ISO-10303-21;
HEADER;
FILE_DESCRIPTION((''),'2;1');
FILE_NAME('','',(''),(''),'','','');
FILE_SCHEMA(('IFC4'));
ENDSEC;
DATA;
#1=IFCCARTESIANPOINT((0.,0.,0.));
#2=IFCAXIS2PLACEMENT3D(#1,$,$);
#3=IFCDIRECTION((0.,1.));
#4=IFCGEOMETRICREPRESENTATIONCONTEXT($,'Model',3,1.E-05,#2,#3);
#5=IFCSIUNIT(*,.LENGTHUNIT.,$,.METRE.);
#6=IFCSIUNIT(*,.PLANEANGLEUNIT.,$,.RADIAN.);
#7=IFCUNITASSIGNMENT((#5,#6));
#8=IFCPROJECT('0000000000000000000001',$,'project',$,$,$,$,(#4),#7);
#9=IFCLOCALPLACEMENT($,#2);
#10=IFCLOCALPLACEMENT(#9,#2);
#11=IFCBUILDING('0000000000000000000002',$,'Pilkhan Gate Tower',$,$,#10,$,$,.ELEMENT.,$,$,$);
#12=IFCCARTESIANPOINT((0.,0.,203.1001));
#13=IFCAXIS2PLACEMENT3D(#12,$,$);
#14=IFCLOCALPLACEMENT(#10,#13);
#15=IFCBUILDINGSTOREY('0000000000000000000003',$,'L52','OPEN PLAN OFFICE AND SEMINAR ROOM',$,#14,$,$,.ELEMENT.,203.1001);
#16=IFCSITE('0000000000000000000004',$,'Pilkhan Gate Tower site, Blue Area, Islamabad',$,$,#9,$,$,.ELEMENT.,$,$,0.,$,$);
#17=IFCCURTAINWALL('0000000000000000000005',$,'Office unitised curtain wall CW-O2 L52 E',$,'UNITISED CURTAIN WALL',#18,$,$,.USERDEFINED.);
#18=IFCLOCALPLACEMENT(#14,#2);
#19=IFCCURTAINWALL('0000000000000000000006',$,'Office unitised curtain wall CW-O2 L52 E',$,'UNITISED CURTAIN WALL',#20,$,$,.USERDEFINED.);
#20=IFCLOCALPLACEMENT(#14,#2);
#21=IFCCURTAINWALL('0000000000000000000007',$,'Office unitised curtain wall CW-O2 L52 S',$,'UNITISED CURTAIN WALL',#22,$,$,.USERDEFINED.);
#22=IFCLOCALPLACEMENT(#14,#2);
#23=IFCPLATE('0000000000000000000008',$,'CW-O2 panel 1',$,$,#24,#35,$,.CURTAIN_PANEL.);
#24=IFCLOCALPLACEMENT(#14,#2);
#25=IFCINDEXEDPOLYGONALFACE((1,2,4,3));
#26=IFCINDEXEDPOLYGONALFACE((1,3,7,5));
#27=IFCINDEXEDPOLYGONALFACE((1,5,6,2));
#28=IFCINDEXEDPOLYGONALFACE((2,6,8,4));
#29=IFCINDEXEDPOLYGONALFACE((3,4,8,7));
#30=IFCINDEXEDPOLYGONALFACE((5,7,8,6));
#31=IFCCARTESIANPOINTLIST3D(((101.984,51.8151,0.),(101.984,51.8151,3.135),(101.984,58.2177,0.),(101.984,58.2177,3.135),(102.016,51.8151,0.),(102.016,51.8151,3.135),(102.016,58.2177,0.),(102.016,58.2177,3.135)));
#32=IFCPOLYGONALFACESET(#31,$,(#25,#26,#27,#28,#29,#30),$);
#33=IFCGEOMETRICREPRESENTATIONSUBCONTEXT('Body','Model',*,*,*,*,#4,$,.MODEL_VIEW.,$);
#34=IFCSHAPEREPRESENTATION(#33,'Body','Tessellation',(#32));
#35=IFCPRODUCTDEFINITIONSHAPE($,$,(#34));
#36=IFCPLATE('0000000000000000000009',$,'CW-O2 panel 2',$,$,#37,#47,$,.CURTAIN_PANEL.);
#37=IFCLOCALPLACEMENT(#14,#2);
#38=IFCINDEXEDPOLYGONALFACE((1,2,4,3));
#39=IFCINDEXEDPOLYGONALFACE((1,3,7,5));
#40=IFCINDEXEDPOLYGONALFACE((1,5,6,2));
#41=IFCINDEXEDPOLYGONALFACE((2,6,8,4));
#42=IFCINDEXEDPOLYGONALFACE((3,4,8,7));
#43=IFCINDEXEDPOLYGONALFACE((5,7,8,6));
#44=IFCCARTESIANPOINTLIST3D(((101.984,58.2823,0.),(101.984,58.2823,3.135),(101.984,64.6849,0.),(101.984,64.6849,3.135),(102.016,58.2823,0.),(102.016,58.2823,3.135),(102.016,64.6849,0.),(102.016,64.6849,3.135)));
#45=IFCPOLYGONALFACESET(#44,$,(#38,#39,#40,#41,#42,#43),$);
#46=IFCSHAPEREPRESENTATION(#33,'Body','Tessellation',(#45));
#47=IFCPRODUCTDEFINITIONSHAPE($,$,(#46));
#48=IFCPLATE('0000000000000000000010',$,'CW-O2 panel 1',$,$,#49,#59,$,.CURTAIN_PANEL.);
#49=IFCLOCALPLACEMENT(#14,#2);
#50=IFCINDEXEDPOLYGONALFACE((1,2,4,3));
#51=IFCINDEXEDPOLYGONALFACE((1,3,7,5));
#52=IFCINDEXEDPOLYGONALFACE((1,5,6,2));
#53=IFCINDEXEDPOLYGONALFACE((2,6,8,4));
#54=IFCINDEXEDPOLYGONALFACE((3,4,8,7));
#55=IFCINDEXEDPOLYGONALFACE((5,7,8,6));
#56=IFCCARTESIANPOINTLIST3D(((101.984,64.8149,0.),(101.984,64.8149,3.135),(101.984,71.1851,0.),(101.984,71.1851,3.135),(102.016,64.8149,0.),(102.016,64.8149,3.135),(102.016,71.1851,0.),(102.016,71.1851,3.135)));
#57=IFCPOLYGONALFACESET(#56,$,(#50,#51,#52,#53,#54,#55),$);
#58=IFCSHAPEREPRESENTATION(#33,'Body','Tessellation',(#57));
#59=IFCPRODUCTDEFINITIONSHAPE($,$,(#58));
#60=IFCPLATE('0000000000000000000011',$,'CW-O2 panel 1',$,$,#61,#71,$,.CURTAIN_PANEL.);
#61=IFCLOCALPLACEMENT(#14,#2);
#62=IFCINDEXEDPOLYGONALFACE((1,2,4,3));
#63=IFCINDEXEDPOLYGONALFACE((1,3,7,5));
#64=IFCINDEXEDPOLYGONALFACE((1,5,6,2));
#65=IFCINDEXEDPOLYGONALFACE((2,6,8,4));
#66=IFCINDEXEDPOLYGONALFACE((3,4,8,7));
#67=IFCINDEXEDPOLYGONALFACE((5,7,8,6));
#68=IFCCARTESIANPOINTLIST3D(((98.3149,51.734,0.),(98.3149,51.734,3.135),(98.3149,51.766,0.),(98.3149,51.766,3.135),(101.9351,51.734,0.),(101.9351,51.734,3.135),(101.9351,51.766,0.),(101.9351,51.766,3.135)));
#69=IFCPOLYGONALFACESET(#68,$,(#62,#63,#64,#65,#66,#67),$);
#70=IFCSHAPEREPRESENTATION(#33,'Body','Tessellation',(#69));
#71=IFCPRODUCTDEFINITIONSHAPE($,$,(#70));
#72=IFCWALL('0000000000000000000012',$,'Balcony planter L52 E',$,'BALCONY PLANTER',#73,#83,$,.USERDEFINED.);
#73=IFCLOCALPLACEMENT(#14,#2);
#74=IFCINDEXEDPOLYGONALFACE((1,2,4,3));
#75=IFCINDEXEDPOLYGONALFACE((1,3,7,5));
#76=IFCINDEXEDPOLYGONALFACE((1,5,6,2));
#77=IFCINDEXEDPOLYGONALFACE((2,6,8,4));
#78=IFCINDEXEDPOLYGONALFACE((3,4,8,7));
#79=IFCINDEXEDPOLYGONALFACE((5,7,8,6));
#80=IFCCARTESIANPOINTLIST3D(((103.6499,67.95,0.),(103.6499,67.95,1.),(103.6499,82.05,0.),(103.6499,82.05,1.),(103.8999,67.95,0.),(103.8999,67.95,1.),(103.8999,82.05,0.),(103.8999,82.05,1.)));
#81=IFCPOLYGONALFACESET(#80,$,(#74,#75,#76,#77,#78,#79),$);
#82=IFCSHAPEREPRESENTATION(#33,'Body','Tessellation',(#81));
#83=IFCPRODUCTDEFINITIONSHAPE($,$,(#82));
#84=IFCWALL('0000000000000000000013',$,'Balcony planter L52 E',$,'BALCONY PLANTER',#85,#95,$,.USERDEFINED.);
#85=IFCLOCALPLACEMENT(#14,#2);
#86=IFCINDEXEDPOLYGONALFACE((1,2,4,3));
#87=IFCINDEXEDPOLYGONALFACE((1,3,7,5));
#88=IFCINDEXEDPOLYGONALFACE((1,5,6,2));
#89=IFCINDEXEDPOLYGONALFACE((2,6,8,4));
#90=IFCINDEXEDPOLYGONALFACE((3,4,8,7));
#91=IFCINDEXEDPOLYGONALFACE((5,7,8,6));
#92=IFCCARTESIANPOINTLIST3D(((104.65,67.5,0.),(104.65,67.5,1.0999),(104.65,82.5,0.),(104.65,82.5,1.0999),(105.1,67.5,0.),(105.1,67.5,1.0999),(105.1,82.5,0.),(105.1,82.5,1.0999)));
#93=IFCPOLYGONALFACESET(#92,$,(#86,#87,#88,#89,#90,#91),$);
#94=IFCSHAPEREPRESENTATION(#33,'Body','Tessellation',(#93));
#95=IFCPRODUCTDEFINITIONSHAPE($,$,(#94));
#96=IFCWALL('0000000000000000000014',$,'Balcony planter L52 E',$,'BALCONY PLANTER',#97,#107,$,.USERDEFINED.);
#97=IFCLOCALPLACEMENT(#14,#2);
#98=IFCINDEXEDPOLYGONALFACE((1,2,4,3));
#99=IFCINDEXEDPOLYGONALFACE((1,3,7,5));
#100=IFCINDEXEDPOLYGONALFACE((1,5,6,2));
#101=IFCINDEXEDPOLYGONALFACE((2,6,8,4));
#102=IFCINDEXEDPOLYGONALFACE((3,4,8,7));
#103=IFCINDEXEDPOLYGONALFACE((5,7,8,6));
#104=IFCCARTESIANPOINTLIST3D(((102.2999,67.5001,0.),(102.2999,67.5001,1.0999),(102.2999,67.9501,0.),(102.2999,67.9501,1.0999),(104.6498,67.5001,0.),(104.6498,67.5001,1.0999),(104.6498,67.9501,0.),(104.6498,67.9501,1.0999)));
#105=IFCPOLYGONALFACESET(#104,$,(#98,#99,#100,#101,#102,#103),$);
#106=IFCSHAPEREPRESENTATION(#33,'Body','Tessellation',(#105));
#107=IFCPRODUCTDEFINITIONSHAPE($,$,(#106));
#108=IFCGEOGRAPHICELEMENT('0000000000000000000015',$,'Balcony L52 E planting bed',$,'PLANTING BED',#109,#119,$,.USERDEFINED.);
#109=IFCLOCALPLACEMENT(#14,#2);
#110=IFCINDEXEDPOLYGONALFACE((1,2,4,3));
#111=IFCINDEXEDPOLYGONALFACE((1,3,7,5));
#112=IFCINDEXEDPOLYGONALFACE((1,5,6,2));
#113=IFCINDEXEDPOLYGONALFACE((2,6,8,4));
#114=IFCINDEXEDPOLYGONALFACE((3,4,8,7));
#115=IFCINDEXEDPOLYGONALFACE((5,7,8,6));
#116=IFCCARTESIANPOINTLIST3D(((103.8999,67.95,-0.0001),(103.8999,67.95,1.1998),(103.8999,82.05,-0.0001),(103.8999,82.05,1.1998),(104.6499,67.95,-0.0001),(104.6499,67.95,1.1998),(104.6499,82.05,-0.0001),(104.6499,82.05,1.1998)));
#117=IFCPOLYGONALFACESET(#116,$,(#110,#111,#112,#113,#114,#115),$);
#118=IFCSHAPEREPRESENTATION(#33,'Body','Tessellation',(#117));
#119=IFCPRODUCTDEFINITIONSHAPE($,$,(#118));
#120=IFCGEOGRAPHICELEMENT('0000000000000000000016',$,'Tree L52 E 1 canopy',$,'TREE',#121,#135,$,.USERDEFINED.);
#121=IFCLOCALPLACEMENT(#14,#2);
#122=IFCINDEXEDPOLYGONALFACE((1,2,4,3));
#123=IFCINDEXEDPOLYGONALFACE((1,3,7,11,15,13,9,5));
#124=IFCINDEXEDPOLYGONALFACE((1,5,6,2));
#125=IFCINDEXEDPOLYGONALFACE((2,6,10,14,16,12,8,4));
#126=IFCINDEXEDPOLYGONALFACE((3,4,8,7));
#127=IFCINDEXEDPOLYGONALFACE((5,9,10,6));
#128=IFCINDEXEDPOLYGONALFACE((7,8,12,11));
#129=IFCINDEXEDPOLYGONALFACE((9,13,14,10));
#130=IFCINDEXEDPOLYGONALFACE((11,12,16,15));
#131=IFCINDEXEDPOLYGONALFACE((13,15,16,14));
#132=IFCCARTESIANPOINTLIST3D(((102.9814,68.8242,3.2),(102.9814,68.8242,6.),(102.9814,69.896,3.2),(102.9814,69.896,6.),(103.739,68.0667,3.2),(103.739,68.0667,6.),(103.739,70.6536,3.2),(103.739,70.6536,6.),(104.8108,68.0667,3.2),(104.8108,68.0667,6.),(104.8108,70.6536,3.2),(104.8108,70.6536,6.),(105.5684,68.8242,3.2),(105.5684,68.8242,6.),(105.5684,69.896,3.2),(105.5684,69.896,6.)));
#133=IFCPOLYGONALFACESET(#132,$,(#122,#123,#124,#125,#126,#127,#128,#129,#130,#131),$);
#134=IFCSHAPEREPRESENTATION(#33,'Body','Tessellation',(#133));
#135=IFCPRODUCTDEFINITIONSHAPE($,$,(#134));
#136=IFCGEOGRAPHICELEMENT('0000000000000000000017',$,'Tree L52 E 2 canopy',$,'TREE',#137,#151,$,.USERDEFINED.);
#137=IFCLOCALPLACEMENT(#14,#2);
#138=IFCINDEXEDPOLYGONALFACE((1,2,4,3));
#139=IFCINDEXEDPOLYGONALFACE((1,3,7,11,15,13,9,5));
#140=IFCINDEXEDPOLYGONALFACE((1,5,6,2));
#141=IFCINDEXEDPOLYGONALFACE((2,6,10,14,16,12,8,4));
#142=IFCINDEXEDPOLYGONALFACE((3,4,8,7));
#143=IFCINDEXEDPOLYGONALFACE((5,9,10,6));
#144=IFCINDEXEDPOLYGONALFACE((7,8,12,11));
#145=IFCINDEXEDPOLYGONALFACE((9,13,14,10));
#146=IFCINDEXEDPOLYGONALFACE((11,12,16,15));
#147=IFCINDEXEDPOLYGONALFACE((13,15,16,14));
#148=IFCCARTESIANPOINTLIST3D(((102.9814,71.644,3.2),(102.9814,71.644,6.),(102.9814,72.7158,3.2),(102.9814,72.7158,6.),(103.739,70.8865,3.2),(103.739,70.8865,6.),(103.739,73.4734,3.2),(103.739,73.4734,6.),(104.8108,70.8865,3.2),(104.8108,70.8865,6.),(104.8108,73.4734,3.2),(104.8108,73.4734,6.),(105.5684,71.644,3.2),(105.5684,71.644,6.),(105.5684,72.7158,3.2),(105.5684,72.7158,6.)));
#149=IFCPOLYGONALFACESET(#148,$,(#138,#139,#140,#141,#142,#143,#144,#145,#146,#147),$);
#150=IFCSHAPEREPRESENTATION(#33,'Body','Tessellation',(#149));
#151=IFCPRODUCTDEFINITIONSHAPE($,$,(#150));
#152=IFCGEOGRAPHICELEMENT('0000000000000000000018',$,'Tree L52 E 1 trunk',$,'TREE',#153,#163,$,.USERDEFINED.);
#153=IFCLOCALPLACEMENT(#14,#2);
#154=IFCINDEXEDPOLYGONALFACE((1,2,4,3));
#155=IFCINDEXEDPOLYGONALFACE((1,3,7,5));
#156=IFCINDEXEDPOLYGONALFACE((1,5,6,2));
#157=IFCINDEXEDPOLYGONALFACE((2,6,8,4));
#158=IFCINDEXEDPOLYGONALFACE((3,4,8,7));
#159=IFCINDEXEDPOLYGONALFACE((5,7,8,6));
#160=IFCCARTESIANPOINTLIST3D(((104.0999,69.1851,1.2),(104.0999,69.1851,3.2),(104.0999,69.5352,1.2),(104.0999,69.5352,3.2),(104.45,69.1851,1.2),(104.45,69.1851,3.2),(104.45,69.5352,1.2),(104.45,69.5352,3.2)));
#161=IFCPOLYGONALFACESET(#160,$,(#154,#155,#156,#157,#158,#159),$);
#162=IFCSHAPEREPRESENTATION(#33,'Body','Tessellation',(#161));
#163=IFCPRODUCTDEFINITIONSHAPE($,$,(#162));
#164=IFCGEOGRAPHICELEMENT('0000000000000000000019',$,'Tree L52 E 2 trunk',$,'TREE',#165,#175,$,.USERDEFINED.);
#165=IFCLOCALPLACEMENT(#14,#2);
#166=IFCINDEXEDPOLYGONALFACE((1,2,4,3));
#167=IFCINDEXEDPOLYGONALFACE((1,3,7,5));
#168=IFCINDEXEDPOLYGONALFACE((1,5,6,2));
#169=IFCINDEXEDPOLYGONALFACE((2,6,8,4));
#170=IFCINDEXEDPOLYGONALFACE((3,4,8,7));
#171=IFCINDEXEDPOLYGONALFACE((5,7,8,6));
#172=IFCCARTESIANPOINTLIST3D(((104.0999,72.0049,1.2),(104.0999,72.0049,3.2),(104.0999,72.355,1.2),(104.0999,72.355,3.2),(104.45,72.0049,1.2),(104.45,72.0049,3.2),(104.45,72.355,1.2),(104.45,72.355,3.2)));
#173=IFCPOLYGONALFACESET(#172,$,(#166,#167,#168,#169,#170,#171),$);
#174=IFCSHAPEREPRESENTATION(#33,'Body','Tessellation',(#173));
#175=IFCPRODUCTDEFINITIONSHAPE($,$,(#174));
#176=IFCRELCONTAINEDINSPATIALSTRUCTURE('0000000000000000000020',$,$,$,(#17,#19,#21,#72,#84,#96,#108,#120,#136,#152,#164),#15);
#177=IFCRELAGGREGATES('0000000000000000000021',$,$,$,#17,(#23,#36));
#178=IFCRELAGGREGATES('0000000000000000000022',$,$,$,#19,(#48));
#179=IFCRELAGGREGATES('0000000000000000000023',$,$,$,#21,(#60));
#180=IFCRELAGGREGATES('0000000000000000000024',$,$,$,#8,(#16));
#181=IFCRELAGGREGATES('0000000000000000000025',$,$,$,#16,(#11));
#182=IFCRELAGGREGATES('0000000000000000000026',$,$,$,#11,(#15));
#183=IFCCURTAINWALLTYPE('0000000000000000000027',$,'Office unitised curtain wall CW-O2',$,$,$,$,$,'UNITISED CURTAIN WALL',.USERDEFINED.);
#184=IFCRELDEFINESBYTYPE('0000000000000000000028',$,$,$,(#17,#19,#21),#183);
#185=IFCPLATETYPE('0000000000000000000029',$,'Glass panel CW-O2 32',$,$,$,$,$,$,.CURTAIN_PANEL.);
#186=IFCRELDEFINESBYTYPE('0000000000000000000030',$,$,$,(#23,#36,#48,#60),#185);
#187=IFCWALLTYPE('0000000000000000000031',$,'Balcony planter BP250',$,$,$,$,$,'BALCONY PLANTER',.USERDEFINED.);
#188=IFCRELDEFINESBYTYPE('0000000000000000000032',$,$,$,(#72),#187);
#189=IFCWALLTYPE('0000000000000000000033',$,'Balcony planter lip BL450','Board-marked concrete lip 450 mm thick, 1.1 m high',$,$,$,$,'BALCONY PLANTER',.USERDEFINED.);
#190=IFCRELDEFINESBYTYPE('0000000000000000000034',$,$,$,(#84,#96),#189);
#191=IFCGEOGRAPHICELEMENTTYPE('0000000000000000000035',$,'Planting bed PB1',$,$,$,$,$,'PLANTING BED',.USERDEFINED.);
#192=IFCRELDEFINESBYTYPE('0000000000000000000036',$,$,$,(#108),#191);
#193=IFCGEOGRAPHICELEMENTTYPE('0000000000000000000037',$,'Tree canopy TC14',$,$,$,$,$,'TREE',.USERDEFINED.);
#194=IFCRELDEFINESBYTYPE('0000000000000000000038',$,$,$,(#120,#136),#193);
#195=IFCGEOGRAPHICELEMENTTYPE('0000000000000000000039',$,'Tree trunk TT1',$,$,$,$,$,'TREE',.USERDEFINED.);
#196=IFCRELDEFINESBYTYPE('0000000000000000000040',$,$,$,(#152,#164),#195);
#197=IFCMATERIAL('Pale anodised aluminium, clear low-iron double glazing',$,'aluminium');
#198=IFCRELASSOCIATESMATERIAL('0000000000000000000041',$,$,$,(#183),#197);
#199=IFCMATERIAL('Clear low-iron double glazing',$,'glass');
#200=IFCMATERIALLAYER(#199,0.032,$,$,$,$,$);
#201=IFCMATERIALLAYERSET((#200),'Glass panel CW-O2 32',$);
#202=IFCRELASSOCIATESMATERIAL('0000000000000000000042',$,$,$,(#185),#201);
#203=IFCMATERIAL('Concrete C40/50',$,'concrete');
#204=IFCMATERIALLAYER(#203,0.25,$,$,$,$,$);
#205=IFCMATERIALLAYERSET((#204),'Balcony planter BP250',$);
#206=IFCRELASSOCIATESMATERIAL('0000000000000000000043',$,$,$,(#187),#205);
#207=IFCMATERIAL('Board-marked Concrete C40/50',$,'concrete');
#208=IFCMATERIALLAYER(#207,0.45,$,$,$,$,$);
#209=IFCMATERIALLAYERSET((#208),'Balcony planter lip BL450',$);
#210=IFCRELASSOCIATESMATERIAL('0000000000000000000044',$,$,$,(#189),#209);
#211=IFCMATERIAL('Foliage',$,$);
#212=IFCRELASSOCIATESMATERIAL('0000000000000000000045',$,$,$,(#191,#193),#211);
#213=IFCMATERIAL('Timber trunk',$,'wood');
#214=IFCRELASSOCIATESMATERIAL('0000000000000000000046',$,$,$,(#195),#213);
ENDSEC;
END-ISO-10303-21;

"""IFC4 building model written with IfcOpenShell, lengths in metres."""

from ifc_helpers import new_model, si_unit, direction, frame, frame_2d, origin, origin_2d, place, context, subcontext, project, spatial, polyline, rectangle, outline, extrude, material, layer, layer_set, material_profile, profile_set, type_object, element, aggregate, save


model = new_model("IFC4")

# Units and contexts
model_context = context("Model", 3, precision=1e-05, world=origin(), true_north=direction((0.0, 1.0)))
body_context = subcontext(model_context, "Body", "Model", "MODEL_VIEW")
ifc_project = project(units=[si_unit("LENGTHUNIT", "METRE"), si_unit("PLANEANGLEUNIT", "RADIAN")], contexts=[model_context])

# Site, building, storey
site_placement = place(None, origin())
site = spatial("IfcSite", under=ifc_project, at=site_placement, Name="Pilkhan Gate Tower site, Blue Area, Islamabad", CompositionType="ELEMENT", RefElevation=0.0)
building_placement = place(site_placement, origin())
building = spatial("IfcBuilding", under=site, at=building_placement, Name="Pilkhan Gate Tower", CompositionType="ELEMENT")
storey_placement = place(building_placement, frame((0.0, 0.0, 203.1001)))
storey = spatial("IfcBuildingStorey", under=building, at=storey_placement, Name="L52", Description="OPEN PLAN OFFICE AND SEMINAR ROOM", CompositionType="ELEMENT", Elevation=203.1001)

# Curtain walls
ifc_material_1 = material(Name="Pale anodised aluminium, clear low-iron double glazing", Category="aluminium")
curtain_wall_type = type_object("IfcCurtainWallType", Name="Office unitised curtain wall CW-O2", ElementType="UNITISED CURTAIN WALL", PredefinedType="USERDEFINED", material=ifc_material_1)
curtain_wall_1_placement = place(storey_placement, origin())
curtain_wall_1 = element("IfcCurtainWall", 1, at=curtain_wall_1_placement, inside=storey, type_object=curtain_wall_type, Name="Office unitised curtain wall CW-O2 L52 E", ObjectType="UNITISED CURTAIN WALL", PredefinedType="USERDEFINED")
curtain_wall_2_placement = place(storey_placement, origin())
curtain_wall_2 = element("IfcCurtainWall", 2, at=curtain_wall_2_placement, inside=storey, type_object=curtain_wall_type, Name="Office unitised curtain wall CW-O2 L52 E", ObjectType="UNITISED CURTAIN WALL", PredefinedType="USERDEFINED")
curtain_wall_3_placement = place(storey_placement, origin())
curtain_wall_3 = element("IfcCurtainWall", 3, at=curtain_wall_3_placement, inside=storey, type_object=curtain_wall_type, Name="Office unitised curtain wall CW-O2 L52 S", ObjectType="UNITISED CURTAIN WALL", PredefinedType="USERDEFINED")

# Plates
ifc_material_2 = material(Name="Clear low-iron double glazing", Category="glass")
ifc_layer_1 = layer(ifc_material_2, 0.032)
ifc_layer_set_1 = layer_set([ifc_layer_1], Name="Glass panel CW-O2 32")
plate_type = type_object("IfcPlateType", Name="Glass panel CW-O2 32", PredefinedType="CURTAIN_PANEL", material=ifc_layer_set_1)
plate_1_placement = place(storey_placement, frame((102.0, 55.0164, 0.0), z_axis=(0.0, 0.0, 1.0), x_axis=(0.0, 1.0, 0.0)))
plate_1 = element("IfcPlate", 4, at=plate_1_placement, type_object=plate_type, Name="CW-O2 panel 1", PredefinedType="CURTAIN_PANEL", context=body_context, shape_type="SweptSolid", body=[
    extrude(rectangle(XDim=6.4026, YDim=0.032, at=origin_2d()), origin(), (0.0, 0.0, 1.0), 3.135),
])
plate_2_placement = place(storey_placement, frame((102.0, 61.4836, 0.0), z_axis=(0.0, 0.0, 1.0), x_axis=(0.0, 1.0, 0.0)))
plate_2 = element("IfcPlate", 5, at=plate_2_placement, type_object=plate_type, Name="CW-O2 panel 2", PredefinedType="CURTAIN_PANEL", context=body_context, shape_type="SweptSolid", body=[
    extrude(rectangle(XDim=6.4026, YDim=0.032, at=origin_2d()), origin(), (0.0, 0.0, 1.0), 3.135),
])
aggregate(curtain_wall_1, [plate_1, plate_2])
plate_3_placement = place(storey_placement, frame((102.0, 68.0, 0.0), z_axis=(0.0, 0.0, 1.0), x_axis=(0.0, 1.0, 0.0)))
plate_3 = element("IfcPlate", 6, at=plate_3_placement, type_object=plate_type, Name="CW-O2 panel 1", PredefinedType="CURTAIN_PANEL", context=body_context, shape_type="SweptSolid", body=[
    extrude(rectangle(XDim=6.3701, YDim=0.032, at=origin_2d()), origin(), (0.0, 0.0, 1.0), 3.135),
])
aggregate(curtain_wall_2, [plate_3])
plate_4_placement = place(storey_placement, frame((100.125, 51.75, 0.0), z_axis=(0.0, 0.0, 1.0), x_axis=(1.0, 0.0, 0.0)))
plate_4 = element("IfcPlate", 7, at=plate_4_placement, type_object=plate_type, Name="CW-O2 panel 1", PredefinedType="CURTAIN_PANEL", context=body_context, shape_type="SweptSolid", body=[
    extrude(rectangle(XDim=3.6201, YDim=0.032, at=origin_2d()), origin(), (0.0, 0.0, 1.0), 3.135),
])
aggregate(curtain_wall_3, [plate_4])

# Walls
ifc_material_3 = material(Name="Concrete C40/50", Category="concrete")
ifc_layer_2 = layer(ifc_material_3, 0.25)
ifc_layer_set_2 = layer_set([ifc_layer_2], Name="Balcony planter BP250")
wall_type_1 = type_object("IfcWallType", Name="Balcony planter BP250", ElementType="BALCONY PLANTER", PredefinedType="USERDEFINED", material=ifc_layer_set_2)
wall_1_placement = place(storey_placement, frame((103.7749, 67.95, 0.0), z_axis=(0.0, 0.0, 1.0), x_axis=(0.0, 1.0, 0.0)))
element("IfcWall", 8, at=wall_1_placement, inside=storey, type_object=wall_type_1, Name="Balcony planter L52 E", ObjectType="BALCONY PLANTER", PredefinedType="USERDEFINED", context=body_context, shape_type="SweptSolid", body=[
    extrude(rectangle(XDim=14.1001, YDim=0.25, at=frame_2d((7.05, 0.0))), origin(), (0.0, 0.0, 1.0), 1.0),
])
ifc_material_4 = material(Name="Board-marked Concrete C40/50", Category="concrete")
ifc_layer_3 = layer(ifc_material_4, 0.45)
ifc_layer_set_3 = layer_set([ifc_layer_3], Name="Balcony planter lip BL450")
wall_type_2 = type_object("IfcWallType", Name="Balcony planter lip BL450", Description="Board-marked concrete lip 450 mm thick, 1.1 m high", ElementType="BALCONY PLANTER", PredefinedType="USERDEFINED", material=ifc_layer_set_3)
wall_2_placement = place(storey_placement, frame((104.875, 67.5, 0.0), z_axis=(0.0, 0.0, 1.0), x_axis=(0.0, 1.0, 0.0)))
element("IfcWall", 9, at=wall_2_placement, inside=storey, type_object=wall_type_2, Name="Balcony planter L52 E", ObjectType="BALCONY PLANTER", PredefinedType="USERDEFINED", context=body_context, shape_type="SweptSolid", body=[
    extrude(rectangle(XDim=15.0, YDim=0.45, at=frame_2d((7.5, 0.0))), origin(), (0.0, 0.0, 1.0), 1.0999),
])
wall_3_placement = place(storey_placement, frame((102.3, 67.7251, 0.0), z_axis=(0.0, 0.0, 1.0), x_axis=(1.0, 0.0, 0.0)))
element("IfcWall", 10, at=wall_3_placement, inside=storey, type_object=wall_type_2, Name="Balcony planter L52 E", ObjectType="BALCONY PLANTER", PredefinedType="USERDEFINED", context=body_context, shape_type="SweptSolid", body=[
    extrude(rectangle(XDim=2.3499, YDim=0.45, at=frame_2d((1.1748, 0.0))), origin(), (0.0, 0.0, 1.0), 1.0999),
])

# Geographic elements
ifc_material_5 = material(Name="Foliage")
ifc_material_profile_1 = material_profile(ifc_material_5, rectangle(XDim=0.75, YDim=1.2, at=origin_2d()), Name="Bed 750x1200")
ifc_profile_set_1 = profile_set([ifc_material_profile_1], Name="Foliage")
geographic_element_type_1 = type_object("IfcGeographicElementType", Name="Planting bed PB1", ElementType="PLANTING BED", PredefinedType="USERDEFINED", material=ifc_profile_set_1)
geographic_element_placement = place(storey_placement, frame((104.2749, 67.95, 0.5999), z_axis=(0.0, 1.0, 0.0), x_axis=(-1.0, 0.0, 0.0)))
element("IfcGeographicElement", 11, at=geographic_element_placement, inside=storey, type_object=geographic_element_type_1, Name="Balcony L52 E planting bed", ObjectType="PLANTING BED", PredefinedType="USERDEFINED", context=body_context, shape_type="SweptSolid", body=[
    extrude(rectangle(XDim=0.75, YDim=1.2, at=origin_2d()), origin(), (0.0, 0.0, 1.0), 14.1001),
])
ifc_material_profile_2 = material_profile(ifc_material_5, outline(polyline([(1.2935, 0.5359), (0.5359, 1.2935), (-0.5359, 1.2935), (-1.2935, 0.5359), (-1.2935, -0.5359), (-0.5359, -1.2935), (0.5359, -1.2935), (1.2935, -0.5359), (1.2935, 0.5359)])), Name="Canopy D2.8")
ifc_profile_set_2 = profile_set([ifc_material_profile_2], Name="Foliage")
geographic_element_type_2 = type_object("IfcGeographicElementType", Name="Tree canopy TC14", ElementType="TREE", PredefinedType="USERDEFINED", material=ifc_profile_set_2)
for number, where, z_axis, x_axis, name in (
    (12, (104.2749, 69.3601, 3.2), (0.0, 0.0, 1.0), (1.0, 0.0, 0.0), "Tree L52 E 1 canopy"),
    (13, (104.2749, 72.1799, 3.2), (0.0, 0.0, 1.0), (1.0, 0.0, 0.0), "Tree L52 E 2 canopy"),
):
    element("IfcGeographicElement", number, at=place(storey_placement, frame(where, z_axis=z_axis, x_axis=x_axis)), inside=storey, type_object=geographic_element_type_2, Name=name, ObjectType="TREE", PredefinedType="USERDEFINED", context=body_context, shape_type="SweptSolid", body=[
        extrude(outline(polyline([(1.2935, 0.5359), (0.5359, 1.2935), (-0.5359, 1.2935), (-1.2935, 0.5359), (-1.2935, -0.5359), (-0.5359, -1.2935), (0.5359, -1.2935), (1.2935, -0.5359), (1.2935, 0.5359)])), origin(), (0.0, 0.0, 1.0), 2.8),
    ])
ifc_material_6 = material(Name="Timber trunk", Category="wood")
geographic_element_type_3 = type_object("IfcGeographicElementType", Name="Tree trunk TT1", ElementType="TREE", PredefinedType="USERDEFINED", material=ifc_material_6)
for number, where, z_axis, x_axis, name in (
    (14, (104.2749, 69.3601, 1.2), (0.0, 0.0, 1.0), (1.0, 0.0, 0.0), "Tree L52 E 1 trunk"),
    (15, (104.2749, 72.1799, 1.2), (0.0, 0.0, 1.0), (1.0, 0.0, 0.0), "Tree L52 E 2 trunk"),
):
    element("IfcGeographicElement", number, at=place(storey_placement, frame(where, z_axis=z_axis, x_axis=x_axis)), inside=storey, type_object=geographic_element_type_3, Name=name, ObjectType="TREE", PredefinedType="USERDEFINED", context=body_context, shape_type="SweptSolid", body=[
        extrude(rectangle(XDim=0.3501, YDim=0.3501, at=origin_2d()), origin(), (0.0, 0.0, 1.0), 2.0),
    ])

save(model, "model.ifc")
